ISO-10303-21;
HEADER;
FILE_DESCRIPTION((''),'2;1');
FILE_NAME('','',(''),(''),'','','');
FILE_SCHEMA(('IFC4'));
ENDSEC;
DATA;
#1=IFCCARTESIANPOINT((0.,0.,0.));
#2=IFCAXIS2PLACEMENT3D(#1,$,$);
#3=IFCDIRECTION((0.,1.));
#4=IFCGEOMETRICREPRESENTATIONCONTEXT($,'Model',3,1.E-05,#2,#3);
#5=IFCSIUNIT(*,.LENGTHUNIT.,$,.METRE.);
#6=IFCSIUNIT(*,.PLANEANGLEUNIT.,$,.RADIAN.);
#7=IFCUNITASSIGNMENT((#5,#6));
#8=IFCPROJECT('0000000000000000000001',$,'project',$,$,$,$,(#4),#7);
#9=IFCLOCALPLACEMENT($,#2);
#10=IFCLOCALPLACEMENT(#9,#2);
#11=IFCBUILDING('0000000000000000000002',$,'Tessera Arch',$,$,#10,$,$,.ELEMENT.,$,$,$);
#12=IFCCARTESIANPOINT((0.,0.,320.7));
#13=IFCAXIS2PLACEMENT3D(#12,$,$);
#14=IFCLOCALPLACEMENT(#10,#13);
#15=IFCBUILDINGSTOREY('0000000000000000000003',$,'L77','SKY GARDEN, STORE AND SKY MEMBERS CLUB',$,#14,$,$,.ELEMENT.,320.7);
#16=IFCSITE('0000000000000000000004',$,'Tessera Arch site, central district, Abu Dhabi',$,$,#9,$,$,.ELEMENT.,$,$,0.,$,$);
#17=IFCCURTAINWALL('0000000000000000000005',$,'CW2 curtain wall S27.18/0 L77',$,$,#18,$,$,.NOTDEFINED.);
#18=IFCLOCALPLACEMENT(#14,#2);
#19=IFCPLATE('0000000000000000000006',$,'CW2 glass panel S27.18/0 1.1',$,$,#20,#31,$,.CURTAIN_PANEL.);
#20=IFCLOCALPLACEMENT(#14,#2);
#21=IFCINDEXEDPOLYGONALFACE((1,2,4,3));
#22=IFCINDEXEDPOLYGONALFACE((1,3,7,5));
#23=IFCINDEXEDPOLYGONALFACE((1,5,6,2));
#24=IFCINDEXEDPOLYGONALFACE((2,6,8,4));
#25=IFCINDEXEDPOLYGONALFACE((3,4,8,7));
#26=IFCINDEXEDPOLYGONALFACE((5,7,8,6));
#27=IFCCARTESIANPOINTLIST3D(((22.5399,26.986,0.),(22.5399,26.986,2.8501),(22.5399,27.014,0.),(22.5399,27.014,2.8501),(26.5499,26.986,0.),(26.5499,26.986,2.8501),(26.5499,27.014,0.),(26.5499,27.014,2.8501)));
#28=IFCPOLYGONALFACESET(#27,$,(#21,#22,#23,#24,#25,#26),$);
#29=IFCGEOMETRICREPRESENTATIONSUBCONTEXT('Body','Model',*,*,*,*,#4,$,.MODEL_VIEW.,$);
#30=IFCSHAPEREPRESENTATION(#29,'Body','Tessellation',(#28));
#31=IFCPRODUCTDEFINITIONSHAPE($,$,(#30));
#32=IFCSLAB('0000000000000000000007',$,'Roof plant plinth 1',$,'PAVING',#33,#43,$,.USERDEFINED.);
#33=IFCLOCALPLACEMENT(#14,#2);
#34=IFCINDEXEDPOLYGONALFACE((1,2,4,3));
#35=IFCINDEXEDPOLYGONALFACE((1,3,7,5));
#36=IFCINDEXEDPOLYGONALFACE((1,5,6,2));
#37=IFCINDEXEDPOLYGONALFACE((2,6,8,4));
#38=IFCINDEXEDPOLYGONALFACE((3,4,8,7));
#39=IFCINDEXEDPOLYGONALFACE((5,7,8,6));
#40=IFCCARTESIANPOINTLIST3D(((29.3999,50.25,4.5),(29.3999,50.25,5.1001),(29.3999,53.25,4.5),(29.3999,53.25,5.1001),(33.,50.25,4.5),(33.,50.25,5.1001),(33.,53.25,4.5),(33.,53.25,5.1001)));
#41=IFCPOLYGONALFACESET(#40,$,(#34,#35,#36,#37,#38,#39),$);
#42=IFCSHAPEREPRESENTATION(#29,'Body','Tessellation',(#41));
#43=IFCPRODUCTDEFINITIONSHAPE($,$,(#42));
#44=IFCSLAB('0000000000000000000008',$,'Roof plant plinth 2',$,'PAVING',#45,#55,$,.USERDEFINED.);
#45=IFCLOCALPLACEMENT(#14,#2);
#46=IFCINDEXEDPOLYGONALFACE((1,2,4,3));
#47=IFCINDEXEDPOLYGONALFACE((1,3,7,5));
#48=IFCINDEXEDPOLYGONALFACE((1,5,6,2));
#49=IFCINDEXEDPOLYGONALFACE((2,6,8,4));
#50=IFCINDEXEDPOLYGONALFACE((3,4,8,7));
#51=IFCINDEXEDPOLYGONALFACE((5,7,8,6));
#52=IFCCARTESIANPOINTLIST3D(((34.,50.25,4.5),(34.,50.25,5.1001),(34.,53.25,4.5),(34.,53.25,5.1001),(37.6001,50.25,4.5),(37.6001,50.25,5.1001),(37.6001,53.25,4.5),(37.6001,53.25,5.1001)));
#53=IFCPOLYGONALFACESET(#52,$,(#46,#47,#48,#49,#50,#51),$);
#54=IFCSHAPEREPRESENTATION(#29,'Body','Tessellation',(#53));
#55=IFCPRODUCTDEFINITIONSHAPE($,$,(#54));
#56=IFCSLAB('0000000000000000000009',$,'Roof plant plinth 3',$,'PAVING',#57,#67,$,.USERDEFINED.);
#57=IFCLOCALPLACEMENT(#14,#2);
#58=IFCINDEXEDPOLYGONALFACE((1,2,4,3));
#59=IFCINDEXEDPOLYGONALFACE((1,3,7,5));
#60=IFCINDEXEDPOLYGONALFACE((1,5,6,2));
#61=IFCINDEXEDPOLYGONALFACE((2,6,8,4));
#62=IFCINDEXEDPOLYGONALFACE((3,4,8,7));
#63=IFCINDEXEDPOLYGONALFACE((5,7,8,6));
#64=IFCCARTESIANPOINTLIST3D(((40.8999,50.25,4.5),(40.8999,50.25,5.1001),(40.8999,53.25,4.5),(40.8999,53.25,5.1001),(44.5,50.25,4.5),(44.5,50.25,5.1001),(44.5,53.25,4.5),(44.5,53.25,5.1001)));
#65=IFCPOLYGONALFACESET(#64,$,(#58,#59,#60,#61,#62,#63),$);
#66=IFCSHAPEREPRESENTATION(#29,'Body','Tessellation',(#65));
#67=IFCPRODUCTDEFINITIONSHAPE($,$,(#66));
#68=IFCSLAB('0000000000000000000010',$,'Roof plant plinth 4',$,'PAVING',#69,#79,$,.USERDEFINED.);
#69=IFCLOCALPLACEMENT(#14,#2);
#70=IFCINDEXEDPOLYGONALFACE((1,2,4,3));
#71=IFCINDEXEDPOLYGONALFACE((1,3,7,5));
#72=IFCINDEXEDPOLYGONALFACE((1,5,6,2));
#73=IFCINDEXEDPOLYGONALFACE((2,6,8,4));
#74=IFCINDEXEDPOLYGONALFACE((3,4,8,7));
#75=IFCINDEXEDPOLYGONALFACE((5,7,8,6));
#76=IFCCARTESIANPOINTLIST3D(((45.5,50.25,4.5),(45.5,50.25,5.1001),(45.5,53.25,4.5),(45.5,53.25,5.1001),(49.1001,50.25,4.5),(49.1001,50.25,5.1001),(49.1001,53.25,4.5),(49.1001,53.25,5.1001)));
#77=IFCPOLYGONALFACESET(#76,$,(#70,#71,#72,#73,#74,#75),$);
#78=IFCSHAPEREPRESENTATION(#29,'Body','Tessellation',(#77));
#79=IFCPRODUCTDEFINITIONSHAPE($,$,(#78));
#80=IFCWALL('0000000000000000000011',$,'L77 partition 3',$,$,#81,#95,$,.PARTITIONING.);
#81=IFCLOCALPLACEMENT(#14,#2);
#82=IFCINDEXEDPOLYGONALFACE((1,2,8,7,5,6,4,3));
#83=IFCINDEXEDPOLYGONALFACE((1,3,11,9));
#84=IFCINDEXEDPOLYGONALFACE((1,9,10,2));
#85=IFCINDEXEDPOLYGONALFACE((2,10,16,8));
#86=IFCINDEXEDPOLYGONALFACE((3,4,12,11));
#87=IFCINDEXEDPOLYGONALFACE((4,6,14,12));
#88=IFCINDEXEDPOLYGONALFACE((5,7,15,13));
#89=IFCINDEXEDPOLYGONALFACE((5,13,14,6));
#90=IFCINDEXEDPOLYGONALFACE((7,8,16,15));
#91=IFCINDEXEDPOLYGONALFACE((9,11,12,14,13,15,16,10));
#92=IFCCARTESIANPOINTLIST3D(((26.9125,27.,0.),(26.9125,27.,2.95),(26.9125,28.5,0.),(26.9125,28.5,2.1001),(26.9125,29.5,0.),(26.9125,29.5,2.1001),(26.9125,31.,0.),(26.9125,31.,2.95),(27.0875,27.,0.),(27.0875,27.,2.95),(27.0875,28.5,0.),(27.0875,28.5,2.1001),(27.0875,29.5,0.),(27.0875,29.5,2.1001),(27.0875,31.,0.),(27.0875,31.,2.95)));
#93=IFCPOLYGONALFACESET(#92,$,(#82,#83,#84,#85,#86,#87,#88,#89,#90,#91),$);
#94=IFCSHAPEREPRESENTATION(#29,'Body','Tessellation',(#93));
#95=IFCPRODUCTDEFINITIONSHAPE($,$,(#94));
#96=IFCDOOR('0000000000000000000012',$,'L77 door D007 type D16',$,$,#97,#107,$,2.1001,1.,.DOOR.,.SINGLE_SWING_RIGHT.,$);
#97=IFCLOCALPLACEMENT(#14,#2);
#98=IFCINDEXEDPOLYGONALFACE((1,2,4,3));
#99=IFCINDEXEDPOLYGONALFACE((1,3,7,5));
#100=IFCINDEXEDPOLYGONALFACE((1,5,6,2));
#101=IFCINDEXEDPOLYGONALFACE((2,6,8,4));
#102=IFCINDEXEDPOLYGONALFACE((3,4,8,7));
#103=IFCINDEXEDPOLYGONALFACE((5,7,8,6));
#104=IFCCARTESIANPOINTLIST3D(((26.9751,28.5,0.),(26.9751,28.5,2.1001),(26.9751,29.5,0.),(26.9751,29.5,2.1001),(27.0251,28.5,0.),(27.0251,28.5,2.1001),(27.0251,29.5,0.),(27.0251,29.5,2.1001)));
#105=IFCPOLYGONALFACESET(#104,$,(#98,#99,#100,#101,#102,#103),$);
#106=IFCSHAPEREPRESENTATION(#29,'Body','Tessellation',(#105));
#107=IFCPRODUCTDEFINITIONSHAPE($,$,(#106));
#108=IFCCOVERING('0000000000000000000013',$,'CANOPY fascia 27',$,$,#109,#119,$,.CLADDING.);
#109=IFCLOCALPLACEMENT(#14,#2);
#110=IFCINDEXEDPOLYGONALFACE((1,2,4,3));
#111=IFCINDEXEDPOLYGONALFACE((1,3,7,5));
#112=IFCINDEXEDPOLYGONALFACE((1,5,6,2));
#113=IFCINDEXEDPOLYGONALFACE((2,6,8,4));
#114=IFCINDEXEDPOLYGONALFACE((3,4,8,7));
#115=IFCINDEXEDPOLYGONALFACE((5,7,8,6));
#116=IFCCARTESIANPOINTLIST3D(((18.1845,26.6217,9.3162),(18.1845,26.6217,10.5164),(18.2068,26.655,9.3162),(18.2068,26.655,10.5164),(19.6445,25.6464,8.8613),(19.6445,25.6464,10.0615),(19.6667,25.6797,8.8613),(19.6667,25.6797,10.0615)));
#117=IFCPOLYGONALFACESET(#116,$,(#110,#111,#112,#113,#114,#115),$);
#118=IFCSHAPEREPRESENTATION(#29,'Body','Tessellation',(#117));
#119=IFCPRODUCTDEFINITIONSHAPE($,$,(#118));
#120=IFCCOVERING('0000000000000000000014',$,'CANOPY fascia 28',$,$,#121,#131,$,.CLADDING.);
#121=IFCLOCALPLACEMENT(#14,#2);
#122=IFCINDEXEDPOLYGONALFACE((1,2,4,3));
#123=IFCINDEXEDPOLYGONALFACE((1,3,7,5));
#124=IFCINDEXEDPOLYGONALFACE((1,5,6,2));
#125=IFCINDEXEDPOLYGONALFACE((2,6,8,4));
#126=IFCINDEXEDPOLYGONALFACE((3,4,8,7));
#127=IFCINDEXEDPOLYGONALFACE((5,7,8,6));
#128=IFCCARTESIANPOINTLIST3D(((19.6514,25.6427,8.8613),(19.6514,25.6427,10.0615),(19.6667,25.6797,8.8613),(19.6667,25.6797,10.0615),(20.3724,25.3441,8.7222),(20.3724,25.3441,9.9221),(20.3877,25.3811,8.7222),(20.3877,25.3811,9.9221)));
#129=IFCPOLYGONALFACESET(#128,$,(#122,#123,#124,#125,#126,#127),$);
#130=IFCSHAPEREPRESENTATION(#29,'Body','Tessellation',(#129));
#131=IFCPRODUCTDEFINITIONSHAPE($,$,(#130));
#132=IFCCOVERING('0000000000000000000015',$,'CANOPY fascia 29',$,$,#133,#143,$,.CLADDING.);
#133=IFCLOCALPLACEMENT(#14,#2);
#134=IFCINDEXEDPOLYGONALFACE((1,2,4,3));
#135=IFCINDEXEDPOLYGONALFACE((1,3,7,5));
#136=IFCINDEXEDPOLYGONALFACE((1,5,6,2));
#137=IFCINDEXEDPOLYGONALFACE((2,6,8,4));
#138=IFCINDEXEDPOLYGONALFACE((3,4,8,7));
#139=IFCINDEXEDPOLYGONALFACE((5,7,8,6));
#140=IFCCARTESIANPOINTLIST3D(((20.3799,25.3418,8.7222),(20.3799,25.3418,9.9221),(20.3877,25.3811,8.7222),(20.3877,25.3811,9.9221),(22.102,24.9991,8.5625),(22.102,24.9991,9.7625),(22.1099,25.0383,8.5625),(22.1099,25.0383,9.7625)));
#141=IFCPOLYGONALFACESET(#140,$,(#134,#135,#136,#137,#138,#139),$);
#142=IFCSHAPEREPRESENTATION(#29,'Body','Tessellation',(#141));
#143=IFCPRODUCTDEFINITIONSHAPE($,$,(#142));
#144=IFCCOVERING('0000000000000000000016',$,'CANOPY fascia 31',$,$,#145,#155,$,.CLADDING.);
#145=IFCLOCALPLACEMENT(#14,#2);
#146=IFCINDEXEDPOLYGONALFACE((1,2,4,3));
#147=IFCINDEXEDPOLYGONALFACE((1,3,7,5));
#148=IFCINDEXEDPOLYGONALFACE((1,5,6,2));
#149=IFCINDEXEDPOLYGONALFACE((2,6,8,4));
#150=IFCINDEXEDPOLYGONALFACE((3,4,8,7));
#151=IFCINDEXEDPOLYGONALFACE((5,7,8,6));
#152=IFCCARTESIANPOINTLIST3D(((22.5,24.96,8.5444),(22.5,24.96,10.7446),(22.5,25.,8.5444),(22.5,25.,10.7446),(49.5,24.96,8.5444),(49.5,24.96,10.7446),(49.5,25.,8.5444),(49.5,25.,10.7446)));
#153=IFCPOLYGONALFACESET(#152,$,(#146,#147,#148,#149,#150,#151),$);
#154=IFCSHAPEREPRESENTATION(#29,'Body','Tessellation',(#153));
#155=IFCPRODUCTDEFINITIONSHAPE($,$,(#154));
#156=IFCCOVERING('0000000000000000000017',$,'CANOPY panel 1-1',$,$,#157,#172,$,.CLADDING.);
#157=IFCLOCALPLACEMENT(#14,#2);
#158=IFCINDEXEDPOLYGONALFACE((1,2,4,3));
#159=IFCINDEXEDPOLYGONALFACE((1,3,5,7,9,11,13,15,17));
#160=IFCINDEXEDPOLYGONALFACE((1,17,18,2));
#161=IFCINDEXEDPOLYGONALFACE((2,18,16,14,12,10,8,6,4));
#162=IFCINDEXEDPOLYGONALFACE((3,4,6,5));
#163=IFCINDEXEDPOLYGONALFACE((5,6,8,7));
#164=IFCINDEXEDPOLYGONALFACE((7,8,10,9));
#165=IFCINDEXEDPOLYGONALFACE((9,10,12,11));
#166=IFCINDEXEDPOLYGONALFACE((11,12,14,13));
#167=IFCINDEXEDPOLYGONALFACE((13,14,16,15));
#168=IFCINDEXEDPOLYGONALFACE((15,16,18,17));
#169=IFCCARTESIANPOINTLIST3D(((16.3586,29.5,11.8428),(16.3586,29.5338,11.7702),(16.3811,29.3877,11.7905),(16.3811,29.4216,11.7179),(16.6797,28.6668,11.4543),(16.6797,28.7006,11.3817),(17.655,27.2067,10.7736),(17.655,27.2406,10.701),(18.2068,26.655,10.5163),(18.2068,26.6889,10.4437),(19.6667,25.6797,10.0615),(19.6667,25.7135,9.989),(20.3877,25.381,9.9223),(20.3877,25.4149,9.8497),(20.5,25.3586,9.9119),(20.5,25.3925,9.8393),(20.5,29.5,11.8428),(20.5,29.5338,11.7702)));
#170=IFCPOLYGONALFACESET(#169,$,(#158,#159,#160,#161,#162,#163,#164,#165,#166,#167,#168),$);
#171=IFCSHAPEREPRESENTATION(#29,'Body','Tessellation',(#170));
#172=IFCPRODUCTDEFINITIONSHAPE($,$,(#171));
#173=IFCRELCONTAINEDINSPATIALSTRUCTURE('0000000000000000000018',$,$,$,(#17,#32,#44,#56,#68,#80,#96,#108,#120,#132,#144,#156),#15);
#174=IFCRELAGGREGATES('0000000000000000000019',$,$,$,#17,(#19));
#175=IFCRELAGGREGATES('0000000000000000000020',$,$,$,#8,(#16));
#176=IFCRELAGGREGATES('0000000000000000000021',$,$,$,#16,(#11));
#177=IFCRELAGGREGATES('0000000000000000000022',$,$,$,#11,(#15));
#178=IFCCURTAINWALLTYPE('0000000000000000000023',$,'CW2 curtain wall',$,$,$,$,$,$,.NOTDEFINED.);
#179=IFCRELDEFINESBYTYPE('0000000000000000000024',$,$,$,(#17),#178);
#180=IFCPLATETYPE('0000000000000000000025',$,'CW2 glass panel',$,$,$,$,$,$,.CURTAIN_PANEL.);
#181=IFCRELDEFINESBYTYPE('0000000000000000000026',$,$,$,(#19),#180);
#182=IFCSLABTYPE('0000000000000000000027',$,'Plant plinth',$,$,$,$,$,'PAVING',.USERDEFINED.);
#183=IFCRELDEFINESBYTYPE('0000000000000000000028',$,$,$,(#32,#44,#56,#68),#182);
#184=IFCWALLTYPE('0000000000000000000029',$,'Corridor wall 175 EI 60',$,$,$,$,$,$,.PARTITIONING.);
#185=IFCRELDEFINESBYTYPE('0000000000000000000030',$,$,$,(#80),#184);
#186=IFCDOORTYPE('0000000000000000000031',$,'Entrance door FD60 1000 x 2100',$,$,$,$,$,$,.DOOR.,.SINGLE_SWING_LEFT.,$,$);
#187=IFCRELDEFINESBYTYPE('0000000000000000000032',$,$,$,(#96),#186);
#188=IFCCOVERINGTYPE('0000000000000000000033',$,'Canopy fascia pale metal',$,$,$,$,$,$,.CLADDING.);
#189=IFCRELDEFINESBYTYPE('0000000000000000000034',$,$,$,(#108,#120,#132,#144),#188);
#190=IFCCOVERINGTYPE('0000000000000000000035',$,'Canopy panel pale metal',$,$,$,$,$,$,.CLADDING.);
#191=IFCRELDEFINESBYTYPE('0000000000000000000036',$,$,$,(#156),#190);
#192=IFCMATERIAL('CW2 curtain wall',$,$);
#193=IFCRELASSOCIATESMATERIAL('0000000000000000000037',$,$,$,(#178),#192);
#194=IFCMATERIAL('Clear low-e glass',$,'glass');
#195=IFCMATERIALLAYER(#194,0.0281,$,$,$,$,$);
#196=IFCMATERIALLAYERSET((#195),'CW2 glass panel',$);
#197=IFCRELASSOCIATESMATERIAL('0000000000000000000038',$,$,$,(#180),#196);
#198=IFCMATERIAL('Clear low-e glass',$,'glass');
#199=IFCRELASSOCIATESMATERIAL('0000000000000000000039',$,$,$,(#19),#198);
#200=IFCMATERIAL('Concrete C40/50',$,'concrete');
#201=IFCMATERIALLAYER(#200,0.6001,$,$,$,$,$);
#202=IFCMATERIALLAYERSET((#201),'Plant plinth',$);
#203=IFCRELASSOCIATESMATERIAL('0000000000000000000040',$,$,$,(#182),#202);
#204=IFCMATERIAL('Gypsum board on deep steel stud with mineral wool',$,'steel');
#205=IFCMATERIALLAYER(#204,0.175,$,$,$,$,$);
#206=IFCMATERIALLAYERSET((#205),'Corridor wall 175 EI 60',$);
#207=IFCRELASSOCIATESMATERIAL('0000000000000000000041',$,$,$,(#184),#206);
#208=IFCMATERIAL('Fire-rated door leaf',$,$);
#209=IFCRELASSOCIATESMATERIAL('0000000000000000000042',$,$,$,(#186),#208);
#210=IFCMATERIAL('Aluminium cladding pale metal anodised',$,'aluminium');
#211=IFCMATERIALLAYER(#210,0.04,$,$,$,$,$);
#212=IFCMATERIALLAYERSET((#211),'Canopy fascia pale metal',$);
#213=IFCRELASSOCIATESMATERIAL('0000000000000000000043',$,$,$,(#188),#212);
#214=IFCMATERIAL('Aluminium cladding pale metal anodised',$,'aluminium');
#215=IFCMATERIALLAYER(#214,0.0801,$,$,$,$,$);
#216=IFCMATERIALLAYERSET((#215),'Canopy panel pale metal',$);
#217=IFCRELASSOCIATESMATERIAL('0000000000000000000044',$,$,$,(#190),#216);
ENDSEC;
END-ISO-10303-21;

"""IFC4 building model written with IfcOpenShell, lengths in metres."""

from ifc_helpers import new_model, si_unit, direction, frame, frame_2d, origin, origin_2d, place, context, subcontext, project, spatial, polyline, rectangle, outline, extrude, material, layer, layer_set, type_object, element, fill, aggregate, save


model = new_model("IFC4")

# Units and contexts
model_context = context("Model", 3, precision=1e-05, world=origin(), true_north=direction((0.0, 1.0)))
body_context = subcontext(model_context, "Body", "Model", "MODEL_VIEW")
ifc_project = project(units=[si_unit("LENGTHUNIT", "METRE"), si_unit("PLANEANGLEUNIT", "RADIAN")], contexts=[model_context])

# Site, building, storey
site_placement = place(None, origin())
site = spatial("IfcSite", under=ifc_project, at=site_placement, Name="Tessera Arch site, central district, Abu Dhabi", CompositionType="ELEMENT", RefElevation=0.0)
building_placement = place(site_placement, origin())
building = spatial("IfcBuilding", under=site, at=building_placement, Name="Tessera Arch", CompositionType="ELEMENT")
storey_placement = place(building_placement, frame((0.0, 0.0, 320.7)))
storey = spatial("IfcBuildingStorey", under=building, at=storey_placement, Name="L77", Description="SKY GARDEN, STORE AND SKY MEMBERS CLUB", CompositionType="ELEMENT", Elevation=320.7)

# Curtain wall
ifc_material_1 = material(Name="CW2 curtain wall")
curtain_wall_type_1 = type_object("IfcCurtainWallType", Name="CW2 curtain wall", PredefinedType="NOTDEFINED", material=ifc_material_1)
curtain_wall_1_placement = place(storey_placement, origin())
curtain_wall_1 = element("IfcCurtainWall", 1, at=curtain_wall_1_placement, inside=storey, type_object=curtain_wall_type_1, Name="CW2 curtain wall S27.18/0 L77", PredefinedType="NOTDEFINED")

# Plate
ifc_material_2 = material(Name="Clear low-e glass", Category="glass")
ifc_material_3 = material(Name="Clear low-e glass", Category="glass")
ifc_layer_1 = layer(ifc_material_3, 0.0281)
ifc_layer_set_1 = layer_set([ifc_layer_1], Name="CW2 glass panel")
plate_type_1 = type_object("IfcPlateType", Name="CW2 glass panel", PredefinedType="CURTAIN_PANEL", material=ifc_layer_set_1)
plate_1_placement = place(storey_placement, frame((24.5449, 27.0, 0.0), z_axis=(0.0, 0.0, 1.0), x_axis=(1.0, 0.0, 0.0)))
plate_1 = element("IfcPlate", 2, at=plate_1_placement, type_object=plate_type_1, material=ifc_material_2, Name="CW2 glass panel S27.18/0 1.1", PredefinedType="CURTAIN_PANEL", context=body_context, shape_type="SweptSolid", body=[
    extrude(rectangle(XDim=4.01, YDim=0.0281, at=origin_2d()), origin(), (0.0, 0.0, 1.0), 2.8501),
])
aggregate(curtain_wall_1, [plate_1])

# Slabs
ifc_material_4 = material(Name="Concrete C40/50", Category="concrete")
ifc_layer_2 = layer(ifc_material_4, 0.6001)
ifc_layer_set_2 = layer_set([ifc_layer_2], Name="Plant plinth")
slab_type = type_object("IfcSlabType", Name="Plant plinth", ElementType="PAVING", PredefinedType="USERDEFINED", material=ifc_layer_set_2)
slab_1_placement = place(storey_placement, frame((0.0, 0.0, 4.5)))
element("IfcSlab", 3, at=slab_1_placement, inside=storey, type_object=slab_type, Name="Roof plant plinth 1", ObjectType="PAVING", PredefinedType="USERDEFINED", context=body_context, shape_type="SweptSolid", body=[
    extrude(outline(polyline([(29.3999, 50.25), (33.0, 50.25), (33.0, 53.25), (29.3999, 53.25), (29.3999, 50.25)])), origin(), (0.0, 0.0, 1.0), 0.6001),
])
slab_2_placement = place(storey_placement, frame((0.0, 0.0, 4.5)))
element("IfcSlab", 4, at=slab_2_placement, inside=storey, type_object=slab_type, Name="Roof plant plinth 2", ObjectType="PAVING", PredefinedType="USERDEFINED", context=body_context, shape_type="SweptSolid", body=[
    extrude(outline(polyline([(34.0, 50.25), (37.6001, 50.25), (37.6001, 53.25), (34.0, 53.25), (34.0, 50.25)])), origin(), (0.0, 0.0, 1.0), 0.6001),
])
slab_3_placement = place(storey_placement, frame((0.0, 0.0, 4.5)))
element("IfcSlab", 5, at=slab_3_placement, inside=storey, type_object=slab_type, Name="Roof plant plinth 3", ObjectType="PAVING", PredefinedType="USERDEFINED", context=body_context, shape_type="SweptSolid", body=[
    extrude(outline(polyline([(40.8999, 50.25), (44.5, 50.25), (44.5, 53.25), (40.8999, 53.25), (40.8999, 50.25)])), origin(), (0.0, 0.0, 1.0), 0.6001),
])
slab_4_placement = place(storey_placement, frame((0.0, 0.0, 4.5)))
element("IfcSlab", 6, at=slab_4_placement, inside=storey, type_object=slab_type, Name="Roof plant plinth 4", ObjectType="PAVING", PredefinedType="USERDEFINED", context=body_context, shape_type="SweptSolid", body=[
    extrude(outline(polyline([(45.5, 50.25), (49.1001, 50.25), (49.1001, 53.25), (45.5, 53.25), (45.5, 50.25)])), origin(), (0.0, 0.0, 1.0), 0.6001),
])

# Wall, opening, door
ifc_material_5 = material(Name="Gypsum board on deep steel stud with mineral wool", Category="steel")
ifc_layer_3 = layer(ifc_material_5, 0.175)
ifc_layer_set_3 = layer_set([ifc_layer_3], Name="Corridor wall 175 EI 60")
wall_type = type_object("IfcWallType", Name="Corridor wall 175 EI 60", PredefinedType="PARTITIONING", material=ifc_layer_set_3)
wall_placement = place(storey_placement, frame((27.0, 27.0, 0.0), z_axis=(0.0, 0.0, 1.0), x_axis=(0.0, 1.0, 0.0)))
wall = element("IfcWall", 7, at=wall_placement, inside=storey, type_object=wall_type, Name="L77 partition 3", PredefinedType="PARTITIONING", context=body_context, shape_type="SweptSolid", body=[
    extrude(rectangle(XDim=4.0, YDim=0.175, at=frame_2d((2.0, 0.0))), origin(), (0.0, 0.0, 1.0), 2.95),
])
opening_placement = place(wall_placement, frame((1.5, 0.0, 0.0)))
opening = element("IfcOpeningElement", 8, at=opening_placement, cuts=wall, PredefinedType="OPENING", context=body_context, shape_type="SweptSolid", body=[
    extrude(rectangle(XDim=1.0, YDim=2.1001, at=frame_2d((0.5, 1.05))), frame((0.0, 0.0974, 0.0), z_axis=(0.0, -1.0, 0.0), x_axis=(1.0, 0.0, 0.0)), (0.0, 0.0, 1.0), 0.1951),
])
ifc_material_6 = material(Name="Fire-rated door leaf")
door_type = type_object("IfcDoorType", Name="Entrance door FD60 1000 x 2100", OperationType="SINGLE_SWING_LEFT", PredefinedType="DOOR", material=ifc_material_6)
door_placement = place(opening_placement, origin())
door = element("IfcDoor", 9, at=door_placement, inside=storey, type_object=door_type, Name="L77 door D007 type D16", OperationType="SINGLE_SWING_RIGHT", OverallHeight=2.1001, OverallWidth=1.0, PredefinedType="DOOR", context=body_context, shape_type="SweptSolid", body=[
    extrude(rectangle(XDim=1.0, YDim=2.1001, at=frame_2d((0.5, 1.05))), frame((0.0, 0.0249, 0.0), z_axis=(0.0, -1.0, 0.0), x_axis=(1.0, 0.0, 0.0)), (0.0, 0.0, 1.0), 0.05),
])
fill(opening, door)

# Coverings
ifc_material_7 = material(Name="Aluminium cladding pale metal anodised", Category="aluminium")
ifc_layer_4 = layer(ifc_material_7, 0.04)
ifc_layer_set_4 = layer_set([ifc_layer_4], Name="Canopy fascia pale metal")
covering_type_1 = type_object("IfcCoveringType", Name="Canopy fascia pale metal", PredefinedType="CLADDING", material=ifc_layer_set_4)
covering_1_placement = place(storey_placement, frame((18.2068, 26.655, 10.5164), z_axis=(0.555502, 0.831515, 0.0), x_axis=(0.804945, -0.537752, -0.250771)))
element("IfcCovering", 10, at=covering_1_placement, inside=storey, type_object=covering_type_1, Name="CANOPY fascia 27", PredefinedType="CLADDING", context=body_context, shape_type="SweptSolid", body=[
    extrude(outline(polyline([(0.0, 0.0), (1.8137, 0.0), (2.1147, 1.1618), (0.301, 1.1618), (0.0, 0.0)])), origin(), (0.0, 0.0, -1.0), 0.04),
])
covering_2_placement = place(storey_placement, frame((19.6667, 25.6797, 10.0615), z_axis=(0.382637, 0.923899, 0.0), x_axis=(0.909499, -0.376674, -0.175863)))
element("IfcCovering", 11, at=covering_2_placement, inside=storey, type_object=covering_type_1, Name="CANOPY fascia 28", PredefinedType="CLADDING", context=body_context, shape_type="SweptSolid", body=[
    extrude(outline(polyline([(0.0, 0.0), (0.7927, 0.0), (1.0037, 1.1812), (0.2111, 1.1815), (0.0, 0.0)])), origin(), (0.0, 0.0, -1.0), 0.04),
])
covering_3_placement = place(storey_placement, frame((20.3877, 25.3811, 9.9221), z_axis=(0.195207, 0.980762, 0.0), x_axis=(0.976732, -0.194405, -0.090556)))
element("IfcCovering", 12, at=covering_3_placement, inside=storey, type_object=covering_type_1, Name="CANOPY fascia 29", PredefinedType="CLADDING", context=body_context, shape_type="SweptSolid", body=[
    extrude(outline(polyline([(0.0, 0.0), (1.7632, 0.0), (1.8719, 1.195), (0.1087, 1.195), (0.0, 0.0)])), origin(), (0.0, 0.0, -1.0), 0.04),
])
covering_4_placement = place(storey_placement, frame((22.5, 25.0, 10.7446), z_axis=(0.0, 1.0, 0.0), x_axis=(1.0, 0.0, 0.0)))
element("IfcCovering", 13, at=covering_4_placement, inside=storey, type_object=covering_type_1, Name="CANOPY fascia 31", PredefinedType="CLADDING", context=body_context, shape_type="SweptSolid", body=[
    extrude(outline(polyline([(0.0, 0.0), (27.0, 0.0), (27.0, 2.2002), (0.0, 2.2002), (0.0, 0.0)])), origin(), (0.0, 0.0, -1.0), 0.04),
])
ifc_material_8 = material(Name="Aluminium cladding pale metal anodised", Category="aluminium")
ifc_layer_5 = layer(ifc_material_8, 0.0801)
ifc_layer_set_5 = layer_set([ifc_layer_5], Name="Canopy panel pale metal")
covering_type_2 = type_object("IfcCoveringType", Name="Canopy panel pale metal", PredefinedType="CLADDING", material=ifc_layer_set_5)
covering_5_placement = place(storey_placement, frame((20.5, 25.3586, 9.9119), z_axis=(-0.000001, -0.422582, 0.906325), x_axis=(0.0, 0.906325, 0.422582)))
element("IfcCovering", 14, at=covering_5_placement, inside=storey, type_object=covering_type_2, Name="CANOPY panel 1-1", PredefinedType="CLADDING", context=body_context, shape_type="SweptSolid", body=[
    extrude(outline(polyline([(0.0, 0.0), (4.5694, 0.0), (4.5694, 4.1414), (4.4455, 4.1189), (3.65, 3.8203), (2.0391, 2.845), (1.4304, 2.2932), (0.3542, 0.8333), (0.0247, 0.1123), (0.0, 0.0)])), origin(), (0.0, 0.0, -1.0), 0.0801),
])

save(model, "model.ifc")
